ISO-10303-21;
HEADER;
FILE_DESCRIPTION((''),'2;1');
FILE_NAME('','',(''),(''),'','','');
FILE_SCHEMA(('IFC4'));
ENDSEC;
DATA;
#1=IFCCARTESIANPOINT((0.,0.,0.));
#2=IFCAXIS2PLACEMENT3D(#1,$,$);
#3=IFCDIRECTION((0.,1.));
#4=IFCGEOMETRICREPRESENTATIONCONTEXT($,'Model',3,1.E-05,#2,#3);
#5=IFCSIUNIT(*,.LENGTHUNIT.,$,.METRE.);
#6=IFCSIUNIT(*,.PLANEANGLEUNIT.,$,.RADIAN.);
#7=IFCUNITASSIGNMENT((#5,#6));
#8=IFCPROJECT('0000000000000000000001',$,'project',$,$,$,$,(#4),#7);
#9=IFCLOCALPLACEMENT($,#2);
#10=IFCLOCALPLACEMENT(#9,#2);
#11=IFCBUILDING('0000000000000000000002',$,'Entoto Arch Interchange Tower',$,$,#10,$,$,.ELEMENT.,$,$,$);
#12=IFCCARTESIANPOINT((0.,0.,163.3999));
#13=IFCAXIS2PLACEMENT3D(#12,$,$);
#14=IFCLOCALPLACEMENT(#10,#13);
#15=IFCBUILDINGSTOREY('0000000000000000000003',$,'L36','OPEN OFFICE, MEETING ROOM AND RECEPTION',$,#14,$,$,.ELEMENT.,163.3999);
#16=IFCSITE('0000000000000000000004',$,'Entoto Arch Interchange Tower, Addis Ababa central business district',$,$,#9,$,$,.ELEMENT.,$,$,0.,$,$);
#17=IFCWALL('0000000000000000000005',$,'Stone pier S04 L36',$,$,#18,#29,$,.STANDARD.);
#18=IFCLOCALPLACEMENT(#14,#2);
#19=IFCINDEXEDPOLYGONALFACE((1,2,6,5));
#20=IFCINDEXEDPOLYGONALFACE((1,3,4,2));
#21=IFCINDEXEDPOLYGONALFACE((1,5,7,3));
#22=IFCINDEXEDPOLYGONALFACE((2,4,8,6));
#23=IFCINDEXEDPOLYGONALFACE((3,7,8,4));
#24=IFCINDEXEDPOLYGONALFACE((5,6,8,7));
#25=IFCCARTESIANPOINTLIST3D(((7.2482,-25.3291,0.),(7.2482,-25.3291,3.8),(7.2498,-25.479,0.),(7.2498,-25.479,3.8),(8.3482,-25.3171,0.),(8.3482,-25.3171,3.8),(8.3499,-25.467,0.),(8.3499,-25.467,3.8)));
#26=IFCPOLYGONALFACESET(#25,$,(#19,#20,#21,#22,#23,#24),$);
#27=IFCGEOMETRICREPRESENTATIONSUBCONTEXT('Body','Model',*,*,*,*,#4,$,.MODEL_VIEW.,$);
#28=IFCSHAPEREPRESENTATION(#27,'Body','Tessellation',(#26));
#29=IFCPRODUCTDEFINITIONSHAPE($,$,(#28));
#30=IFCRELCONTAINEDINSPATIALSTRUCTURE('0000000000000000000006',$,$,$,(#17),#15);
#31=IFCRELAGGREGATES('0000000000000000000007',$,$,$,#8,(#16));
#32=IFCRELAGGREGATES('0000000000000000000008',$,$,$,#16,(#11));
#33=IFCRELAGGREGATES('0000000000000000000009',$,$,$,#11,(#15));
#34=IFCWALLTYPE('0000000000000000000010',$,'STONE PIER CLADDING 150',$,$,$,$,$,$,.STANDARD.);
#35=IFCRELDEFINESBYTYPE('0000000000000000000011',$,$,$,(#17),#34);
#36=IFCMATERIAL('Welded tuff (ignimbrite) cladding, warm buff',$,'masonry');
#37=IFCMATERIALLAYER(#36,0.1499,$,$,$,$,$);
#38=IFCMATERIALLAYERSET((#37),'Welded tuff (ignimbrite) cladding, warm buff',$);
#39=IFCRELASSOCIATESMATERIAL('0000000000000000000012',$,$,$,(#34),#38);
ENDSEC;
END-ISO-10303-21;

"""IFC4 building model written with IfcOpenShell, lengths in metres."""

from ifc_helpers import new_model, si_unit, direction, frame, frame_2d, origin, place, context, subcontext, project, spatial, rectangle, extrude, material, layer, layer_set, type_object, element, save


model = new_model("IFC4")

# Units and contexts
model_context = context("Model", 3, precision=1e-05, world=origin(), true_north=direction((0.0, 1.0)))
body_context = subcontext(model_context, "Body", "Model", "MODEL_VIEW")
ifc_project = project(units=[si_unit("LENGTHUNIT", "METRE"), si_unit("PLANEANGLEUNIT", "RADIAN")], contexts=[model_context])

# Site, building, storey
site_placement = place(None, origin())
site = spatial("IfcSite", under=ifc_project, at=site_placement, Name="Entoto Arch Interchange Tower, Addis Ababa central business district", CompositionType="ELEMENT", RefElevation=0.0)
building_placement = place(site_placement, origin())
building = spatial("IfcBuilding", under=site, at=building_placement, Name="Entoto Arch Interchange Tower", CompositionType="ELEMENT")
storey_placement = place(building_placement, frame((0.0, 0.0, 163.3999)))
storey = spatial("IfcBuildingStorey", under=building, at=storey_placement, Name="L36", Description="OPEN OFFICE, MEETING ROOM AND RECEPTION", CompositionType="ELEMENT", Elevation=163.3999)

# Wall
ifc_material_1 = material(Name="Welded tuff (ignimbrite) cladding, warm buff", Category="masonry")
ifc_layer_1 = layer(ifc_material_1, 0.1499)
ifc_layer_set_1 = layer_set([ifc_layer_1], Name="Welded tuff (ignimbrite) cladding, warm buff")
wall_type_1 = type_object("IfcWallType", Name="STONE PIER CLADDING 150", PredefinedType="STANDARD", material=ifc_layer_set_1)
wall_1_placement = place(storey_placement, frame((7.249, -25.4041, 0.0), z_axis=(0.0, 0.0, 1.0), x_axis=(0.999941, 0.010874, 0.0)))
element("IfcWall", 1, at=wall_1_placement, inside=storey, type_object=wall_type_1, Name="Stone pier S04 L36", PredefinedType="STANDARD", context=body_context, shape_type="SweptSolid", body=[
    extrude(rectangle(XDim=1.1001, YDim=0.1499, at=frame_2d((0.55, 0.0))), origin(), (0.0, 0.0, 1.0), 3.8),
])

save(model, "model.ifc")
